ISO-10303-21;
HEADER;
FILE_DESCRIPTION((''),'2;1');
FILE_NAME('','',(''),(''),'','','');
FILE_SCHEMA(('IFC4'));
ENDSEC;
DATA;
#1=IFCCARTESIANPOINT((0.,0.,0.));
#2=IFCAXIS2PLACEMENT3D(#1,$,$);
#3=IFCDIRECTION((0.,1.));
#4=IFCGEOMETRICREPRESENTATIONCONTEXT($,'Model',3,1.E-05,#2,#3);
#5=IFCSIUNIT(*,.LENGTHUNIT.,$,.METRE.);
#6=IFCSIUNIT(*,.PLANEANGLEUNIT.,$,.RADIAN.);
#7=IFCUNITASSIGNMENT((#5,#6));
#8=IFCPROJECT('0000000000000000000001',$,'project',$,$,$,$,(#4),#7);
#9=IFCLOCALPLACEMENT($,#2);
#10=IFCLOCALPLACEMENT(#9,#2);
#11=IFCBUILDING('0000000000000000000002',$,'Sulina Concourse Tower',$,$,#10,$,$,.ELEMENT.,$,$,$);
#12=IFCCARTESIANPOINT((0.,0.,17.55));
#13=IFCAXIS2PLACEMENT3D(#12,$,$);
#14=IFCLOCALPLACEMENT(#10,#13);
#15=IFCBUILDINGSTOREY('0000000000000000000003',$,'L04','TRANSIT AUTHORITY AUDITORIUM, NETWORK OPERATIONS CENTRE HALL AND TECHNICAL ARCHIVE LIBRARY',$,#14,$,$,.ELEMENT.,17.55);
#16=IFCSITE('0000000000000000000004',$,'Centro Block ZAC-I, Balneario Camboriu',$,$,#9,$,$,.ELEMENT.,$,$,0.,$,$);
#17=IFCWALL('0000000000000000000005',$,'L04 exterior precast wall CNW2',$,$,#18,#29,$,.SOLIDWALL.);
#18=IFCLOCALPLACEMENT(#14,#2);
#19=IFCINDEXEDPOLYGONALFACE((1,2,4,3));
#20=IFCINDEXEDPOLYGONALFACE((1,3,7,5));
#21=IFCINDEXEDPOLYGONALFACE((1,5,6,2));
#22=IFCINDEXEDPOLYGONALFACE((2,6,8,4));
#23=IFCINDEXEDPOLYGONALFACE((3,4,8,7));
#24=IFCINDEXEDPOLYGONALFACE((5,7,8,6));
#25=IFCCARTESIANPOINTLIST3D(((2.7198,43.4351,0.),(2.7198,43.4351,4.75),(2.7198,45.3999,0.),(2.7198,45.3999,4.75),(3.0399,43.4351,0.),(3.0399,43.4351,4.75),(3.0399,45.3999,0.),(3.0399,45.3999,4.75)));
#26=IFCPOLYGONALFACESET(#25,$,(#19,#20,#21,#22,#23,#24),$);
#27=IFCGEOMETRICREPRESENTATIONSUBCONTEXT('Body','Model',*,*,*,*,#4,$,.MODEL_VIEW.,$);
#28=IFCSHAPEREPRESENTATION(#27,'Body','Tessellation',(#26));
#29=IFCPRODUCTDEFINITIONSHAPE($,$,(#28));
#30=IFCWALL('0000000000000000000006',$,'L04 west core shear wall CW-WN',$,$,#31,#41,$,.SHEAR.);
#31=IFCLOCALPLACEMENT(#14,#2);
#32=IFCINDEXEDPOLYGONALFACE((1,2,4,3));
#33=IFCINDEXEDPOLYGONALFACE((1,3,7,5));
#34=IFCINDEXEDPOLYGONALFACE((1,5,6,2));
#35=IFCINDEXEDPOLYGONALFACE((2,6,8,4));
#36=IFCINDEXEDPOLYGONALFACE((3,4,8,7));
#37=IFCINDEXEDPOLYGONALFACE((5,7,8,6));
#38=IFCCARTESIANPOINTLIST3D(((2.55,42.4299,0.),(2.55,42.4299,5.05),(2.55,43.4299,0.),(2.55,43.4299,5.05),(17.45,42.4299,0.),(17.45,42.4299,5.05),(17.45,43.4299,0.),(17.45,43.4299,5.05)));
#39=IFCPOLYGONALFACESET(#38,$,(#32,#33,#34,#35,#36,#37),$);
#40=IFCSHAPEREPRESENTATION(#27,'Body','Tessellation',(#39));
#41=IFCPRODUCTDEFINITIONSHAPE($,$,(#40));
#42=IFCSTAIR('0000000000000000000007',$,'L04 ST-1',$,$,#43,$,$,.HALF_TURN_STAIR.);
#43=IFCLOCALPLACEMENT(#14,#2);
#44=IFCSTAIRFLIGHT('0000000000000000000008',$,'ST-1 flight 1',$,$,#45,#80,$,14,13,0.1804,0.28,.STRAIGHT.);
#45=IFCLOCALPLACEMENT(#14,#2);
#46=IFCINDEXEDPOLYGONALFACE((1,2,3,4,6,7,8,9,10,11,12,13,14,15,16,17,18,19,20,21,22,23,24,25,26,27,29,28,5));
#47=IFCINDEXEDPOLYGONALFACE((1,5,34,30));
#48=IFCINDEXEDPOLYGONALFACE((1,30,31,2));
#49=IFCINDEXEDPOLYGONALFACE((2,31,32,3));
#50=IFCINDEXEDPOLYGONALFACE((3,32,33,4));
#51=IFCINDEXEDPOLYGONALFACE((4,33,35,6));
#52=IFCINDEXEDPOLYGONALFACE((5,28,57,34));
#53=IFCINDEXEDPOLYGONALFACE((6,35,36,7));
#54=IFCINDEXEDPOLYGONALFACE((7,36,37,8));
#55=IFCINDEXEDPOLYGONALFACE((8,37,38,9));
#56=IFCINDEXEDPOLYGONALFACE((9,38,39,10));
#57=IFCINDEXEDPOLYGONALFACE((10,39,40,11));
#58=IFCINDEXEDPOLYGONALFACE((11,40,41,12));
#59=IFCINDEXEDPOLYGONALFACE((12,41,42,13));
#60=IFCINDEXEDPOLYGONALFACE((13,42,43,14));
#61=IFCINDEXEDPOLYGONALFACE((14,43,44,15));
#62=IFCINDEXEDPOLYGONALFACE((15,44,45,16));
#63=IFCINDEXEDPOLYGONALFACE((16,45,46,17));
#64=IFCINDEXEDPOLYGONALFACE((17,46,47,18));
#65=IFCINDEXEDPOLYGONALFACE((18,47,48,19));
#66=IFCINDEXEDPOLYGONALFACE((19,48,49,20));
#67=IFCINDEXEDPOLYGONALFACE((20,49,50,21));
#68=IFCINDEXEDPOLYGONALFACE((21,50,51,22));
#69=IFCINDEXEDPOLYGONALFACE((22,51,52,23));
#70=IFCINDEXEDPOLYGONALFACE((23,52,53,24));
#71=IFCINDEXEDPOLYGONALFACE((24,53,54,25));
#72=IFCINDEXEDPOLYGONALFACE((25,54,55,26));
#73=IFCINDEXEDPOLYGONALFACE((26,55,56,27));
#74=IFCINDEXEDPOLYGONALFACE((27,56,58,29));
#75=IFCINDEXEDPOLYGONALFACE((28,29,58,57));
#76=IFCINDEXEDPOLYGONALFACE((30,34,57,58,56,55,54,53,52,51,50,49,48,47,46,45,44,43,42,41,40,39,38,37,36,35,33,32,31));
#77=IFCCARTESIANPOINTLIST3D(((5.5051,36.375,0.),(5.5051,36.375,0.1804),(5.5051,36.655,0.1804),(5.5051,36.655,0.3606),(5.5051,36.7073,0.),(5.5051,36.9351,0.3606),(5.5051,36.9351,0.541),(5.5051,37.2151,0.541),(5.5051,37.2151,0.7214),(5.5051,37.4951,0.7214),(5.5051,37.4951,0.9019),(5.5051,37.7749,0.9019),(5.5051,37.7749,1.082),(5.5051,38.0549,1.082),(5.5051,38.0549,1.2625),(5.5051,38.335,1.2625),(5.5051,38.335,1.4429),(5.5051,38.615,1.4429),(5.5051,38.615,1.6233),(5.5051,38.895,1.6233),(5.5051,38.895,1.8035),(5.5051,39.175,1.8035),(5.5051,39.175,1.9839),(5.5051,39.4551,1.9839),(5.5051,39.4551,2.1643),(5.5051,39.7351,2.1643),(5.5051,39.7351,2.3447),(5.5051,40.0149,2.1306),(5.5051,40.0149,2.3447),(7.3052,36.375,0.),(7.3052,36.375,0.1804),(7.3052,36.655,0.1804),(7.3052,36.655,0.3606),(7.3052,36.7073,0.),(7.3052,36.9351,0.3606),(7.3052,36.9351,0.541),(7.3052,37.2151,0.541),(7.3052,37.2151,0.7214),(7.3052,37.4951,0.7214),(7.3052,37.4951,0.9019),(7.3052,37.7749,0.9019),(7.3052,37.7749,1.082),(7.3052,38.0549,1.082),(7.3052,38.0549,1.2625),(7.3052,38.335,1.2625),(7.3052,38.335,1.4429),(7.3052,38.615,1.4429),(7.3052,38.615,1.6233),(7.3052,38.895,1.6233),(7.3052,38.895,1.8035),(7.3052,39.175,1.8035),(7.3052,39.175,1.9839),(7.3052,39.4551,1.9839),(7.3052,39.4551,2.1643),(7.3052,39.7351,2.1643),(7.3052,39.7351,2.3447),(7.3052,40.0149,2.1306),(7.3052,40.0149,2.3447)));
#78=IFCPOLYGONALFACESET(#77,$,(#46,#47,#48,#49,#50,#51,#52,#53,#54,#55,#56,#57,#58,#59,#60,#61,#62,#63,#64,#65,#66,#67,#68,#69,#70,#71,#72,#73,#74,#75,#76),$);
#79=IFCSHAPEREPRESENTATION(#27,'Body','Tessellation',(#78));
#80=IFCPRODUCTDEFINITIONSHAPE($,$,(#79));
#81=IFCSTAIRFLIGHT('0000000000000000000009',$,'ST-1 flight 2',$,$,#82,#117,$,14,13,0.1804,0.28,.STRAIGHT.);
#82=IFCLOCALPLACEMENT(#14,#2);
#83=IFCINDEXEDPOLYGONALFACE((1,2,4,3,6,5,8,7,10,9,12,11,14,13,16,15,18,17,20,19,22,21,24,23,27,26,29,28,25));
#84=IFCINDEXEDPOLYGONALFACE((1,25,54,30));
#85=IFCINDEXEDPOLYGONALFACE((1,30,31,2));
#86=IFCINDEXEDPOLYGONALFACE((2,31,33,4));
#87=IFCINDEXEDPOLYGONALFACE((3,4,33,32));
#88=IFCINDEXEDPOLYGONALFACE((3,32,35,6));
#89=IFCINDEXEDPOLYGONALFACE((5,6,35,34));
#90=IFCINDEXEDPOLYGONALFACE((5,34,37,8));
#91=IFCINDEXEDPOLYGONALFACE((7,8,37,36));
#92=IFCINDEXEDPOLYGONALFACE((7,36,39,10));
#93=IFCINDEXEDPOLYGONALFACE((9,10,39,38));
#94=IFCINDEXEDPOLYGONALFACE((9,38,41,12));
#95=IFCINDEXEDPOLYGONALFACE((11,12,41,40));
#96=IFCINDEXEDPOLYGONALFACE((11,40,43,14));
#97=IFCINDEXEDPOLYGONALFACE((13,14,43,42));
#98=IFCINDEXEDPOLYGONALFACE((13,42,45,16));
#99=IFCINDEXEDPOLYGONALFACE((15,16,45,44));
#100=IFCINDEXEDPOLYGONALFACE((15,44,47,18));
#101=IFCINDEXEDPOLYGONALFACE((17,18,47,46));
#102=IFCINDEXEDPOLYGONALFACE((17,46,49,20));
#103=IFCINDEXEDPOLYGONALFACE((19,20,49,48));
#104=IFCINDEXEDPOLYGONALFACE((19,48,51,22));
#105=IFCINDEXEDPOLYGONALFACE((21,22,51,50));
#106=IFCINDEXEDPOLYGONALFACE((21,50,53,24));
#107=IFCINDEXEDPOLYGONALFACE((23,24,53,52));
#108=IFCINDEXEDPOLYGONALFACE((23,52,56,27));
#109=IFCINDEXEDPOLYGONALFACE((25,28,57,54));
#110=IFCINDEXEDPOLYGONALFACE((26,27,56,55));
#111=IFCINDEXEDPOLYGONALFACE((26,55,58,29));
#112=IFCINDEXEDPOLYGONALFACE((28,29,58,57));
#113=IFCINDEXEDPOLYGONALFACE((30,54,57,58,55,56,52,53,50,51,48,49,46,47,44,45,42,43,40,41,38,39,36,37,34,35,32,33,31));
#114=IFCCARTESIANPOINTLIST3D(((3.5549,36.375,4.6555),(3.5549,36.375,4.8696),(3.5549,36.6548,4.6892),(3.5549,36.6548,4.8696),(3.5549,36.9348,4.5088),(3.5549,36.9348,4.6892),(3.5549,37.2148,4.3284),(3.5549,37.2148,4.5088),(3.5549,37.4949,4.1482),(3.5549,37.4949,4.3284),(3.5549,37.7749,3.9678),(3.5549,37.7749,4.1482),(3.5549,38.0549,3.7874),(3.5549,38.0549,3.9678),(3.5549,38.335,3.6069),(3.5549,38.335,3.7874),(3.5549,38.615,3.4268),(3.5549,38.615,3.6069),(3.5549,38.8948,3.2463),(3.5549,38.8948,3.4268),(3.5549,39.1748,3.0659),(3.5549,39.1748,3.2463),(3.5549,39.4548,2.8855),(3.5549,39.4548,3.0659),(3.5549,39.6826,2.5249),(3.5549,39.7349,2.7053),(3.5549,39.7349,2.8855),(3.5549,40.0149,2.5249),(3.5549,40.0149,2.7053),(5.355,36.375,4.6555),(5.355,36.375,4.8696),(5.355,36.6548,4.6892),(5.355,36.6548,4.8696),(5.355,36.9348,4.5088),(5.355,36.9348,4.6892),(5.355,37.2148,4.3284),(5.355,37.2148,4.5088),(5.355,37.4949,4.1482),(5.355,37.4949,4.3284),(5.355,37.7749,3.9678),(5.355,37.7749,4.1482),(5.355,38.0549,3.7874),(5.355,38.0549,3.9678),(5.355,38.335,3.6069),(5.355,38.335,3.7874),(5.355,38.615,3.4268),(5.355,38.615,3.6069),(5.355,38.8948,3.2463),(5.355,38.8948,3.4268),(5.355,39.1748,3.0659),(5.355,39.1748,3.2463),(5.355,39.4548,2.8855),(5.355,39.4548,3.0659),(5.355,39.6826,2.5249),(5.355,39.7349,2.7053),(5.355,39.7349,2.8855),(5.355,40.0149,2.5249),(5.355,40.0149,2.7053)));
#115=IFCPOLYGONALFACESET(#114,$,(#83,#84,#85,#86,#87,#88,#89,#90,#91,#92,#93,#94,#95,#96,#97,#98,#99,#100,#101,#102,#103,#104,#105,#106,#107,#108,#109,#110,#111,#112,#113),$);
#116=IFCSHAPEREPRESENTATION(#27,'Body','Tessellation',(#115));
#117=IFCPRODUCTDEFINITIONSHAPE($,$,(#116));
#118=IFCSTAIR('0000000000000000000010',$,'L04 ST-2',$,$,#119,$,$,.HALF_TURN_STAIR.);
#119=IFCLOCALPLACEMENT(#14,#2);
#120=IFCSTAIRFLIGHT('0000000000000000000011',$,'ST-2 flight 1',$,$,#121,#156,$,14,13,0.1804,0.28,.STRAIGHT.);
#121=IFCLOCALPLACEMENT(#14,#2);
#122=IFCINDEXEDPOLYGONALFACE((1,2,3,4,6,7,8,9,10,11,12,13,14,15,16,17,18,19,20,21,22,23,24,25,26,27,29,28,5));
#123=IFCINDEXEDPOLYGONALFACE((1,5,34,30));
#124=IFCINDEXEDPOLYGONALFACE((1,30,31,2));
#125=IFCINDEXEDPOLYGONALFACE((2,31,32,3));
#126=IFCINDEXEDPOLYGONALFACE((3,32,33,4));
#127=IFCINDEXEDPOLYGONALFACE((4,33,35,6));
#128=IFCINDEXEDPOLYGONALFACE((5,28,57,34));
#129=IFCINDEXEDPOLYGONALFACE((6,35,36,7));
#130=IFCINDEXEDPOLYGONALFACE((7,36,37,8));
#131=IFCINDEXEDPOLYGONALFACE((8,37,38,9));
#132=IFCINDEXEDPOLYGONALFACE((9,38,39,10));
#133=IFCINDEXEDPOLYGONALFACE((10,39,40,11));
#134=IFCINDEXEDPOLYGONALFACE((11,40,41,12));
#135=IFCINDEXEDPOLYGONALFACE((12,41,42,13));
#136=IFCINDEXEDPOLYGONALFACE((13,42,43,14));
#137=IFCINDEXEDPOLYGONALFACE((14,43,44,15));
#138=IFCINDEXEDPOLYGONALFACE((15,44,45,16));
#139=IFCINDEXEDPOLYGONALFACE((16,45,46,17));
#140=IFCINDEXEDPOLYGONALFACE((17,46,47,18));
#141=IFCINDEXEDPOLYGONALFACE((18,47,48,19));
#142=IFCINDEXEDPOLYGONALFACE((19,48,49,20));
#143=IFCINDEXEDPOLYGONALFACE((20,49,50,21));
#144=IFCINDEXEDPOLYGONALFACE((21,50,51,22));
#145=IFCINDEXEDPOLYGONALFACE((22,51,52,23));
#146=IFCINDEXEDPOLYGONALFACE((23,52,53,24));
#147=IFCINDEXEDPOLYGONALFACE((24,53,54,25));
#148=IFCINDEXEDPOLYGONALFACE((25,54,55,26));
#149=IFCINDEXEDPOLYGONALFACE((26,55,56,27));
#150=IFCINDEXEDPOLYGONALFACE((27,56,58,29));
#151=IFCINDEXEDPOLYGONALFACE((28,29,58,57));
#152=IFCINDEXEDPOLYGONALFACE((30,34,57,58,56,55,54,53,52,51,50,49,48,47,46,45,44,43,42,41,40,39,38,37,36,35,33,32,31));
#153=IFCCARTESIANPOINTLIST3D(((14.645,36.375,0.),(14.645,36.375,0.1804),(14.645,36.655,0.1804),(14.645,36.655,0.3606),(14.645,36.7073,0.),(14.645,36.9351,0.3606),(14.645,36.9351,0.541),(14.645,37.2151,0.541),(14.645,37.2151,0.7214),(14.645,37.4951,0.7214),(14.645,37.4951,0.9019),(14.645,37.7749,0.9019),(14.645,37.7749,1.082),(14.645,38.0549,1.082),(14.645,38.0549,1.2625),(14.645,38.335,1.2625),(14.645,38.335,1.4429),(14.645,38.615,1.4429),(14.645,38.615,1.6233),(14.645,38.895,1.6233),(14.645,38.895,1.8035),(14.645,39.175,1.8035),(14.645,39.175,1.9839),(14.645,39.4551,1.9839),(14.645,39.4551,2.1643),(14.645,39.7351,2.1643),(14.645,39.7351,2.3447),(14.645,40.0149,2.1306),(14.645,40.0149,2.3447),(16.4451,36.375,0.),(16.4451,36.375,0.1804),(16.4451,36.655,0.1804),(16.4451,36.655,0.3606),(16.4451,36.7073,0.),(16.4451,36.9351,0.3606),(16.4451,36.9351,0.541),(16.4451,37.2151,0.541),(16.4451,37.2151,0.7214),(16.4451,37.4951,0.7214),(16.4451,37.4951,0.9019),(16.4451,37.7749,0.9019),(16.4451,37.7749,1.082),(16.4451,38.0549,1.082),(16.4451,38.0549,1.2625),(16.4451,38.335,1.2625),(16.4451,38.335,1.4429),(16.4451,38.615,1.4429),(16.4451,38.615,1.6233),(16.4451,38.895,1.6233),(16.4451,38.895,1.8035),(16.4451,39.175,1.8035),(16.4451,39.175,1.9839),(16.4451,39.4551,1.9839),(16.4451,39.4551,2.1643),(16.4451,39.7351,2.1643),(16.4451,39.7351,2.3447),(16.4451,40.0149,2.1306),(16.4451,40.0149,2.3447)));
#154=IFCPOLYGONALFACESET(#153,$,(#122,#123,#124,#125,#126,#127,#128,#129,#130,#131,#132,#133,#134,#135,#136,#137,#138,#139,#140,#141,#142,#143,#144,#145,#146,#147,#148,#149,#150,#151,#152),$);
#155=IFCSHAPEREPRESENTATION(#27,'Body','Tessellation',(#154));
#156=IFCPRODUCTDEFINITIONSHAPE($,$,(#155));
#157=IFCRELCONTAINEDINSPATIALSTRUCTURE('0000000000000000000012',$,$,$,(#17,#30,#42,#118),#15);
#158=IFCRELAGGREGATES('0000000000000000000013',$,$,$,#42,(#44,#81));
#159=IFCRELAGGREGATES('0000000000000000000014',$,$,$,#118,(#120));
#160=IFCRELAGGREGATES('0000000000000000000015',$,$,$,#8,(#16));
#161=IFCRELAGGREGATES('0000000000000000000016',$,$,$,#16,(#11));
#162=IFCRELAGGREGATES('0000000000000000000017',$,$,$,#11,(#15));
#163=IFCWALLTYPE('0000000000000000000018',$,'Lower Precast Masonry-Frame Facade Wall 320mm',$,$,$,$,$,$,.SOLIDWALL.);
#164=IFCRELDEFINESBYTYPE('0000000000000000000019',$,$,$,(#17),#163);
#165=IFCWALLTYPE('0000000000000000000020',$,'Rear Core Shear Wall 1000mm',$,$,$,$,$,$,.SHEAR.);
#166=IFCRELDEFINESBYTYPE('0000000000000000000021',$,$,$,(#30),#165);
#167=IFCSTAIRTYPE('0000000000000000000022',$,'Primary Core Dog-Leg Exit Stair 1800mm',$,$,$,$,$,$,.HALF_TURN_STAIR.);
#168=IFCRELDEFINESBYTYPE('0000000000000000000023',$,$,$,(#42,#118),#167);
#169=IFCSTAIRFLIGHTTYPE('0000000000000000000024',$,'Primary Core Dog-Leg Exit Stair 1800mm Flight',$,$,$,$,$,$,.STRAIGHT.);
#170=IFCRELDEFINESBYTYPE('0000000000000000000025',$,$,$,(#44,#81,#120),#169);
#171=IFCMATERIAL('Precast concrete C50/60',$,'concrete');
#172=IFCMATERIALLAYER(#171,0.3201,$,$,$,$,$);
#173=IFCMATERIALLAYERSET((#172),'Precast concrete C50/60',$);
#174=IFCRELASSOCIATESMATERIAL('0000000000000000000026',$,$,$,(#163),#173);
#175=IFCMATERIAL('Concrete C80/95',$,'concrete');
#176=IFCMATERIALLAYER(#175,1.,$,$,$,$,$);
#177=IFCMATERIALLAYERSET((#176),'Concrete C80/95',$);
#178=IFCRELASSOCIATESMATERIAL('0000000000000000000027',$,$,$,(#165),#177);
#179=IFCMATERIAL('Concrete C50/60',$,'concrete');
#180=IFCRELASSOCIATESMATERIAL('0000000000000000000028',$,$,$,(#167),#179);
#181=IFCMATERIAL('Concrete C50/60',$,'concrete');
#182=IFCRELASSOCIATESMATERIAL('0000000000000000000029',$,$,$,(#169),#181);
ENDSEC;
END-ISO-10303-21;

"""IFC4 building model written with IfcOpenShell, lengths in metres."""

from ifc_helpers import new_model, si_unit, direction, frame, frame_2d, origin, place, context, subcontext, project, spatial, polyline, rectangle, outline, extrude, material, layer, layer_set, type_object, element, aggregate, save


model = new_model("IFC4")

# Units and contexts
model_context = context("Model", 3, precision=1e-05, world=origin(), true_north=direction((0.0, 1.0)))
body_context = subcontext(model_context, "Body", "Model", "MODEL_VIEW")
ifc_project = project(units=[si_unit("LENGTHUNIT", "METRE"), si_unit("PLANEANGLEUNIT", "RADIAN")], contexts=[model_context])

# Site, building, storey
site_placement = place(None, origin())
site = spatial("IfcSite", under=ifc_project, at=site_placement, Name="Centro Block ZAC-I, Balneario Camboriu", CompositionType="ELEMENT", RefElevation=0.0)
building_placement = place(site_placement, origin())
building = spatial("IfcBuilding", under=site, at=building_placement, Name="Sulina Concourse Tower", CompositionType="ELEMENT")
storey_placement = place(building_placement, frame((0.0, 0.0, 17.55)))
storey = spatial("IfcBuildingStorey", under=building, at=storey_placement, Name="L04", Description="TRANSIT AUTHORITY AUDITORIUM, NETWORK OPERATIONS CENTRE HALL AND TECHNICAL ARCHIVE LIBRARY", CompositionType="ELEMENT", Elevation=17.55)

# Walls
ifc_material_1 = material(Name="Precast concrete C50/60", Category="concrete")
ifc_layer_1 = layer(ifc_material_1, 0.3201)
ifc_layer_set_1 = layer_set([ifc_layer_1], Name="Precast concrete C50/60")
wall_type_1 = type_object("IfcWallType", Name="Lower Precast Masonry-Frame Facade Wall 320mm", PredefinedType="SOLIDWALL", material=ifc_layer_set_1)
wall_1_placement = place(storey_placement, frame((2.8799, 43.4351, 0.0), z_axis=(0.0, 0.0, 1.0), x_axis=(0.0, 1.0, 0.0)))
element("IfcWall", 1, at=wall_1_placement, inside=storey, type_object=wall_type_1, Name="L04 exterior precast wall CNW2", PredefinedType="SOLIDWALL", context=body_context, shape_type="SweptSolid", body=[
    extrude(rectangle(XDim=1.9648, YDim=0.3201, at=frame_2d((0.9824, 0.0))), origin(), (0.0, 0.0, 1.0), 4.75),
])
ifc_material_2 = material(Name="Concrete C80/95", Category="concrete")
ifc_layer_2 = layer(ifc_material_2, 1.0)
ifc_layer_set_2 = layer_set([ifc_layer_2], Name="Concrete C80/95")
wall_type_2 = type_object("IfcWallType", Name="Rear Core Shear Wall 1000mm", PredefinedType="SHEAR", material=ifc_layer_set_2)
wall_2_placement = place(storey_placement, frame((2.55, 42.9299, 0.0), z_axis=(0.0, 0.0, 1.0), x_axis=(1.0, 0.0, 0.0)))
element("IfcWall", 2, at=wall_2_placement, inside=storey, type_object=wall_type_2, Name="L04 west core shear wall CW-WN", PredefinedType="SHEAR", context=body_context, shape_type="SweptSolid", body=[
    extrude(rectangle(XDim=14.8999, YDim=1.0, at=frame_2d((7.45, 0.0))), origin(), (0.0, 0.0, 1.0), 5.05),
])

# Stairs, stair flights
ifc_material_3 = material(Name="Concrete C50/60", Category="concrete")
stair_type = type_object("IfcStairType", Name="Primary Core Dog-Leg Exit Stair 1800mm", PredefinedType="HALF_TURN_STAIR", material=ifc_material_3)
stair_1_placement = place(storey_placement, origin())
stair_1 = element("IfcStair", 3, at=stair_1_placement, inside=storey, type_object=stair_type, Name="L04 ST-1", PredefinedType="HALF_TURN_STAIR")
ifc_material_4 = material(Name="Concrete C50/60", Category="concrete")
stair_flight_type = type_object("IfcStairFlightType", Name="Primary Core Dog-Leg Exit Stair 1800mm Flight", PredefinedType="STRAIGHT", material=ifc_material_4)
stair_flight_1_placement = place(storey_placement, frame((6.405, 36.375, 0.0), z_axis=(0.0, 0.0, 1.0), x_axis=(0.0, 1.0, 0.0)))
stair_flight_1 = element("IfcStairFlight", 4, at=stair_flight_1_placement, type_object=stair_flight_type, Name="ST-1 flight 1", NumberOfRisers=14, NumberOfTreads=13, PredefinedType="STRAIGHT", RiserHeight=0.1804, TreadLength=0.28, context=body_context, shape_type="SweptSolid", body=[
    extrude(outline(polyline([(0.0, 0.0), (0.0, 0.1804), (0.28, 0.1804), (0.28, 0.3606), (0.5601, 0.3606), (0.5601, 0.541), (0.8401, 0.541), (0.8401, 0.7214), (1.1201, 0.7214), (1.1201, 0.9019), (1.3999, 0.9019), (1.3999, 1.082), (1.6799, 1.082), (1.6799, 1.2625), (1.96, 1.2625), (1.96, 1.4429), (2.24, 1.4429), (2.24, 1.6233), (2.52, 1.6233), (2.52, 1.8035), (2.8, 1.8035), (2.8, 1.9839), (3.0801, 1.9839), (3.0801, 2.1643), (3.3601, 2.1643), (3.3601, 2.3447), (3.6399, 2.3447), (3.6399, 2.5249), (3.6399, 2.1306), (0.3323, 0.0), (0.0, 0.0)])), frame((0.0, 0.8999, 0.0), z_axis=(0.0, -1.0, 0.0), x_axis=(1.0, 0.0, 0.0)), (0.0, 0.0, 1.0), 1.8),
])
stair_flight_2_placement = place(storey_placement, frame((4.4551, 40.0149, 2.5249), z_axis=(0.0, 0.0, 1.0), x_axis=(0.0, -1.0, 0.0)))
stair_flight_2 = element("IfcStairFlight", 5, at=stair_flight_2_placement, type_object=stair_flight_type, Name="ST-1 flight 2", NumberOfRisers=14, NumberOfTreads=13, PredefinedType="STRAIGHT", RiserHeight=0.1804, TreadLength=0.28, context=body_context, shape_type="SweptSolid", body=[
    extrude(outline(polyline([(0.0, 0.0), (0.0, 0.1804), (0.28, 0.1804), (0.28, 0.3606), (0.5601, 0.3606), (0.5601, 0.541), (0.8401, 0.541), (0.8401, 0.7214), (1.1201, 0.7214), (1.1201, 0.9019), (1.3999, 0.9019), (1.3999, 1.082), (1.6799, 1.082), (1.6799, 1.2625), (1.96, 1.2625), (1.96, 1.4429), (2.24, 1.4429), (2.24, 1.6233), (2.52, 1.6233), (2.52, 1.8035), (2.8, 1.8035), (2.8, 1.9839), (3.0801, 1.9839), (3.0801, 2.1643), (3.3601, 2.1643), (3.3601, 2.3447), (3.6399, 2.3447), (3.6399, 2.5249), (3.6399, 2.1306), (0.3323, 0.0), (0.0, 0.0)])), frame((0.0, 0.8999, 0.0), z_axis=(0.0, -1.0, 0.0), x_axis=(1.0, 0.0, 0.0)), (0.0, 0.0, 1.0), 1.8),
])
aggregate(stair_1, [stair_flight_1, stair_flight_2])
stair_2_placement = place(storey_placement, origin())
stair_2 = element("IfcStair", 6, at=stair_2_placement, inside=storey, type_object=stair_type, Name="L04 ST-2", PredefinedType="HALF_TURN_STAIR")
stair_flight_3_placement = place(storey_placement, frame((15.5449, 36.375, 0.0), z_axis=(0.0, 0.0, 1.0), x_axis=(0.0, 1.0, 0.0)))
stair_flight_3 = element("IfcStairFlight", 7, at=stair_flight_3_placement, type_object=stair_flight_type, Name="ST-2 flight 1", NumberOfRisers=14, NumberOfTreads=13, PredefinedType="STRAIGHT", RiserHeight=0.1804, TreadLength=0.28, context=body_context, shape_type="SweptSolid", body=[
    extrude(outline(polyline([(0.0, 0.0), (0.0, 0.1804), (0.28, 0.1804), (0.28, 0.3606), (0.5601, 0.3606), (0.5601, 0.541), (0.8401, 0.541), (0.8401, 0.7214), (1.1201, 0.7214), (1.1201, 0.9019), (1.3999, 0.9019), (1.3999, 1.082), (1.6799, 1.082), (1.6799, 1.2625), (1.96, 1.2625), (1.96, 1.4429), (2.24, 1.4429), (2.24, 1.6233), (2.52, 1.6233), (2.52, 1.8035), (2.8, 1.8035), (2.8, 1.9839), (3.0801, 1.9839), (3.0801, 2.1643), (3.3601, 2.1643), (3.3601, 2.3447), (3.6399, 2.3447), (3.6399, 2.5249), (3.6399, 2.1306), (0.3323, 0.0), (0.0, 0.0)])), frame((0.0, 0.8999, 0.0), z_axis=(0.0, -1.0, 0.0), x_axis=(1.0, 0.0, 0.0)), (0.0, 0.0, 1.0), 1.8),
])
aggregate(stair_2, [stair_flight_3])

save(model, "model.ifc")
